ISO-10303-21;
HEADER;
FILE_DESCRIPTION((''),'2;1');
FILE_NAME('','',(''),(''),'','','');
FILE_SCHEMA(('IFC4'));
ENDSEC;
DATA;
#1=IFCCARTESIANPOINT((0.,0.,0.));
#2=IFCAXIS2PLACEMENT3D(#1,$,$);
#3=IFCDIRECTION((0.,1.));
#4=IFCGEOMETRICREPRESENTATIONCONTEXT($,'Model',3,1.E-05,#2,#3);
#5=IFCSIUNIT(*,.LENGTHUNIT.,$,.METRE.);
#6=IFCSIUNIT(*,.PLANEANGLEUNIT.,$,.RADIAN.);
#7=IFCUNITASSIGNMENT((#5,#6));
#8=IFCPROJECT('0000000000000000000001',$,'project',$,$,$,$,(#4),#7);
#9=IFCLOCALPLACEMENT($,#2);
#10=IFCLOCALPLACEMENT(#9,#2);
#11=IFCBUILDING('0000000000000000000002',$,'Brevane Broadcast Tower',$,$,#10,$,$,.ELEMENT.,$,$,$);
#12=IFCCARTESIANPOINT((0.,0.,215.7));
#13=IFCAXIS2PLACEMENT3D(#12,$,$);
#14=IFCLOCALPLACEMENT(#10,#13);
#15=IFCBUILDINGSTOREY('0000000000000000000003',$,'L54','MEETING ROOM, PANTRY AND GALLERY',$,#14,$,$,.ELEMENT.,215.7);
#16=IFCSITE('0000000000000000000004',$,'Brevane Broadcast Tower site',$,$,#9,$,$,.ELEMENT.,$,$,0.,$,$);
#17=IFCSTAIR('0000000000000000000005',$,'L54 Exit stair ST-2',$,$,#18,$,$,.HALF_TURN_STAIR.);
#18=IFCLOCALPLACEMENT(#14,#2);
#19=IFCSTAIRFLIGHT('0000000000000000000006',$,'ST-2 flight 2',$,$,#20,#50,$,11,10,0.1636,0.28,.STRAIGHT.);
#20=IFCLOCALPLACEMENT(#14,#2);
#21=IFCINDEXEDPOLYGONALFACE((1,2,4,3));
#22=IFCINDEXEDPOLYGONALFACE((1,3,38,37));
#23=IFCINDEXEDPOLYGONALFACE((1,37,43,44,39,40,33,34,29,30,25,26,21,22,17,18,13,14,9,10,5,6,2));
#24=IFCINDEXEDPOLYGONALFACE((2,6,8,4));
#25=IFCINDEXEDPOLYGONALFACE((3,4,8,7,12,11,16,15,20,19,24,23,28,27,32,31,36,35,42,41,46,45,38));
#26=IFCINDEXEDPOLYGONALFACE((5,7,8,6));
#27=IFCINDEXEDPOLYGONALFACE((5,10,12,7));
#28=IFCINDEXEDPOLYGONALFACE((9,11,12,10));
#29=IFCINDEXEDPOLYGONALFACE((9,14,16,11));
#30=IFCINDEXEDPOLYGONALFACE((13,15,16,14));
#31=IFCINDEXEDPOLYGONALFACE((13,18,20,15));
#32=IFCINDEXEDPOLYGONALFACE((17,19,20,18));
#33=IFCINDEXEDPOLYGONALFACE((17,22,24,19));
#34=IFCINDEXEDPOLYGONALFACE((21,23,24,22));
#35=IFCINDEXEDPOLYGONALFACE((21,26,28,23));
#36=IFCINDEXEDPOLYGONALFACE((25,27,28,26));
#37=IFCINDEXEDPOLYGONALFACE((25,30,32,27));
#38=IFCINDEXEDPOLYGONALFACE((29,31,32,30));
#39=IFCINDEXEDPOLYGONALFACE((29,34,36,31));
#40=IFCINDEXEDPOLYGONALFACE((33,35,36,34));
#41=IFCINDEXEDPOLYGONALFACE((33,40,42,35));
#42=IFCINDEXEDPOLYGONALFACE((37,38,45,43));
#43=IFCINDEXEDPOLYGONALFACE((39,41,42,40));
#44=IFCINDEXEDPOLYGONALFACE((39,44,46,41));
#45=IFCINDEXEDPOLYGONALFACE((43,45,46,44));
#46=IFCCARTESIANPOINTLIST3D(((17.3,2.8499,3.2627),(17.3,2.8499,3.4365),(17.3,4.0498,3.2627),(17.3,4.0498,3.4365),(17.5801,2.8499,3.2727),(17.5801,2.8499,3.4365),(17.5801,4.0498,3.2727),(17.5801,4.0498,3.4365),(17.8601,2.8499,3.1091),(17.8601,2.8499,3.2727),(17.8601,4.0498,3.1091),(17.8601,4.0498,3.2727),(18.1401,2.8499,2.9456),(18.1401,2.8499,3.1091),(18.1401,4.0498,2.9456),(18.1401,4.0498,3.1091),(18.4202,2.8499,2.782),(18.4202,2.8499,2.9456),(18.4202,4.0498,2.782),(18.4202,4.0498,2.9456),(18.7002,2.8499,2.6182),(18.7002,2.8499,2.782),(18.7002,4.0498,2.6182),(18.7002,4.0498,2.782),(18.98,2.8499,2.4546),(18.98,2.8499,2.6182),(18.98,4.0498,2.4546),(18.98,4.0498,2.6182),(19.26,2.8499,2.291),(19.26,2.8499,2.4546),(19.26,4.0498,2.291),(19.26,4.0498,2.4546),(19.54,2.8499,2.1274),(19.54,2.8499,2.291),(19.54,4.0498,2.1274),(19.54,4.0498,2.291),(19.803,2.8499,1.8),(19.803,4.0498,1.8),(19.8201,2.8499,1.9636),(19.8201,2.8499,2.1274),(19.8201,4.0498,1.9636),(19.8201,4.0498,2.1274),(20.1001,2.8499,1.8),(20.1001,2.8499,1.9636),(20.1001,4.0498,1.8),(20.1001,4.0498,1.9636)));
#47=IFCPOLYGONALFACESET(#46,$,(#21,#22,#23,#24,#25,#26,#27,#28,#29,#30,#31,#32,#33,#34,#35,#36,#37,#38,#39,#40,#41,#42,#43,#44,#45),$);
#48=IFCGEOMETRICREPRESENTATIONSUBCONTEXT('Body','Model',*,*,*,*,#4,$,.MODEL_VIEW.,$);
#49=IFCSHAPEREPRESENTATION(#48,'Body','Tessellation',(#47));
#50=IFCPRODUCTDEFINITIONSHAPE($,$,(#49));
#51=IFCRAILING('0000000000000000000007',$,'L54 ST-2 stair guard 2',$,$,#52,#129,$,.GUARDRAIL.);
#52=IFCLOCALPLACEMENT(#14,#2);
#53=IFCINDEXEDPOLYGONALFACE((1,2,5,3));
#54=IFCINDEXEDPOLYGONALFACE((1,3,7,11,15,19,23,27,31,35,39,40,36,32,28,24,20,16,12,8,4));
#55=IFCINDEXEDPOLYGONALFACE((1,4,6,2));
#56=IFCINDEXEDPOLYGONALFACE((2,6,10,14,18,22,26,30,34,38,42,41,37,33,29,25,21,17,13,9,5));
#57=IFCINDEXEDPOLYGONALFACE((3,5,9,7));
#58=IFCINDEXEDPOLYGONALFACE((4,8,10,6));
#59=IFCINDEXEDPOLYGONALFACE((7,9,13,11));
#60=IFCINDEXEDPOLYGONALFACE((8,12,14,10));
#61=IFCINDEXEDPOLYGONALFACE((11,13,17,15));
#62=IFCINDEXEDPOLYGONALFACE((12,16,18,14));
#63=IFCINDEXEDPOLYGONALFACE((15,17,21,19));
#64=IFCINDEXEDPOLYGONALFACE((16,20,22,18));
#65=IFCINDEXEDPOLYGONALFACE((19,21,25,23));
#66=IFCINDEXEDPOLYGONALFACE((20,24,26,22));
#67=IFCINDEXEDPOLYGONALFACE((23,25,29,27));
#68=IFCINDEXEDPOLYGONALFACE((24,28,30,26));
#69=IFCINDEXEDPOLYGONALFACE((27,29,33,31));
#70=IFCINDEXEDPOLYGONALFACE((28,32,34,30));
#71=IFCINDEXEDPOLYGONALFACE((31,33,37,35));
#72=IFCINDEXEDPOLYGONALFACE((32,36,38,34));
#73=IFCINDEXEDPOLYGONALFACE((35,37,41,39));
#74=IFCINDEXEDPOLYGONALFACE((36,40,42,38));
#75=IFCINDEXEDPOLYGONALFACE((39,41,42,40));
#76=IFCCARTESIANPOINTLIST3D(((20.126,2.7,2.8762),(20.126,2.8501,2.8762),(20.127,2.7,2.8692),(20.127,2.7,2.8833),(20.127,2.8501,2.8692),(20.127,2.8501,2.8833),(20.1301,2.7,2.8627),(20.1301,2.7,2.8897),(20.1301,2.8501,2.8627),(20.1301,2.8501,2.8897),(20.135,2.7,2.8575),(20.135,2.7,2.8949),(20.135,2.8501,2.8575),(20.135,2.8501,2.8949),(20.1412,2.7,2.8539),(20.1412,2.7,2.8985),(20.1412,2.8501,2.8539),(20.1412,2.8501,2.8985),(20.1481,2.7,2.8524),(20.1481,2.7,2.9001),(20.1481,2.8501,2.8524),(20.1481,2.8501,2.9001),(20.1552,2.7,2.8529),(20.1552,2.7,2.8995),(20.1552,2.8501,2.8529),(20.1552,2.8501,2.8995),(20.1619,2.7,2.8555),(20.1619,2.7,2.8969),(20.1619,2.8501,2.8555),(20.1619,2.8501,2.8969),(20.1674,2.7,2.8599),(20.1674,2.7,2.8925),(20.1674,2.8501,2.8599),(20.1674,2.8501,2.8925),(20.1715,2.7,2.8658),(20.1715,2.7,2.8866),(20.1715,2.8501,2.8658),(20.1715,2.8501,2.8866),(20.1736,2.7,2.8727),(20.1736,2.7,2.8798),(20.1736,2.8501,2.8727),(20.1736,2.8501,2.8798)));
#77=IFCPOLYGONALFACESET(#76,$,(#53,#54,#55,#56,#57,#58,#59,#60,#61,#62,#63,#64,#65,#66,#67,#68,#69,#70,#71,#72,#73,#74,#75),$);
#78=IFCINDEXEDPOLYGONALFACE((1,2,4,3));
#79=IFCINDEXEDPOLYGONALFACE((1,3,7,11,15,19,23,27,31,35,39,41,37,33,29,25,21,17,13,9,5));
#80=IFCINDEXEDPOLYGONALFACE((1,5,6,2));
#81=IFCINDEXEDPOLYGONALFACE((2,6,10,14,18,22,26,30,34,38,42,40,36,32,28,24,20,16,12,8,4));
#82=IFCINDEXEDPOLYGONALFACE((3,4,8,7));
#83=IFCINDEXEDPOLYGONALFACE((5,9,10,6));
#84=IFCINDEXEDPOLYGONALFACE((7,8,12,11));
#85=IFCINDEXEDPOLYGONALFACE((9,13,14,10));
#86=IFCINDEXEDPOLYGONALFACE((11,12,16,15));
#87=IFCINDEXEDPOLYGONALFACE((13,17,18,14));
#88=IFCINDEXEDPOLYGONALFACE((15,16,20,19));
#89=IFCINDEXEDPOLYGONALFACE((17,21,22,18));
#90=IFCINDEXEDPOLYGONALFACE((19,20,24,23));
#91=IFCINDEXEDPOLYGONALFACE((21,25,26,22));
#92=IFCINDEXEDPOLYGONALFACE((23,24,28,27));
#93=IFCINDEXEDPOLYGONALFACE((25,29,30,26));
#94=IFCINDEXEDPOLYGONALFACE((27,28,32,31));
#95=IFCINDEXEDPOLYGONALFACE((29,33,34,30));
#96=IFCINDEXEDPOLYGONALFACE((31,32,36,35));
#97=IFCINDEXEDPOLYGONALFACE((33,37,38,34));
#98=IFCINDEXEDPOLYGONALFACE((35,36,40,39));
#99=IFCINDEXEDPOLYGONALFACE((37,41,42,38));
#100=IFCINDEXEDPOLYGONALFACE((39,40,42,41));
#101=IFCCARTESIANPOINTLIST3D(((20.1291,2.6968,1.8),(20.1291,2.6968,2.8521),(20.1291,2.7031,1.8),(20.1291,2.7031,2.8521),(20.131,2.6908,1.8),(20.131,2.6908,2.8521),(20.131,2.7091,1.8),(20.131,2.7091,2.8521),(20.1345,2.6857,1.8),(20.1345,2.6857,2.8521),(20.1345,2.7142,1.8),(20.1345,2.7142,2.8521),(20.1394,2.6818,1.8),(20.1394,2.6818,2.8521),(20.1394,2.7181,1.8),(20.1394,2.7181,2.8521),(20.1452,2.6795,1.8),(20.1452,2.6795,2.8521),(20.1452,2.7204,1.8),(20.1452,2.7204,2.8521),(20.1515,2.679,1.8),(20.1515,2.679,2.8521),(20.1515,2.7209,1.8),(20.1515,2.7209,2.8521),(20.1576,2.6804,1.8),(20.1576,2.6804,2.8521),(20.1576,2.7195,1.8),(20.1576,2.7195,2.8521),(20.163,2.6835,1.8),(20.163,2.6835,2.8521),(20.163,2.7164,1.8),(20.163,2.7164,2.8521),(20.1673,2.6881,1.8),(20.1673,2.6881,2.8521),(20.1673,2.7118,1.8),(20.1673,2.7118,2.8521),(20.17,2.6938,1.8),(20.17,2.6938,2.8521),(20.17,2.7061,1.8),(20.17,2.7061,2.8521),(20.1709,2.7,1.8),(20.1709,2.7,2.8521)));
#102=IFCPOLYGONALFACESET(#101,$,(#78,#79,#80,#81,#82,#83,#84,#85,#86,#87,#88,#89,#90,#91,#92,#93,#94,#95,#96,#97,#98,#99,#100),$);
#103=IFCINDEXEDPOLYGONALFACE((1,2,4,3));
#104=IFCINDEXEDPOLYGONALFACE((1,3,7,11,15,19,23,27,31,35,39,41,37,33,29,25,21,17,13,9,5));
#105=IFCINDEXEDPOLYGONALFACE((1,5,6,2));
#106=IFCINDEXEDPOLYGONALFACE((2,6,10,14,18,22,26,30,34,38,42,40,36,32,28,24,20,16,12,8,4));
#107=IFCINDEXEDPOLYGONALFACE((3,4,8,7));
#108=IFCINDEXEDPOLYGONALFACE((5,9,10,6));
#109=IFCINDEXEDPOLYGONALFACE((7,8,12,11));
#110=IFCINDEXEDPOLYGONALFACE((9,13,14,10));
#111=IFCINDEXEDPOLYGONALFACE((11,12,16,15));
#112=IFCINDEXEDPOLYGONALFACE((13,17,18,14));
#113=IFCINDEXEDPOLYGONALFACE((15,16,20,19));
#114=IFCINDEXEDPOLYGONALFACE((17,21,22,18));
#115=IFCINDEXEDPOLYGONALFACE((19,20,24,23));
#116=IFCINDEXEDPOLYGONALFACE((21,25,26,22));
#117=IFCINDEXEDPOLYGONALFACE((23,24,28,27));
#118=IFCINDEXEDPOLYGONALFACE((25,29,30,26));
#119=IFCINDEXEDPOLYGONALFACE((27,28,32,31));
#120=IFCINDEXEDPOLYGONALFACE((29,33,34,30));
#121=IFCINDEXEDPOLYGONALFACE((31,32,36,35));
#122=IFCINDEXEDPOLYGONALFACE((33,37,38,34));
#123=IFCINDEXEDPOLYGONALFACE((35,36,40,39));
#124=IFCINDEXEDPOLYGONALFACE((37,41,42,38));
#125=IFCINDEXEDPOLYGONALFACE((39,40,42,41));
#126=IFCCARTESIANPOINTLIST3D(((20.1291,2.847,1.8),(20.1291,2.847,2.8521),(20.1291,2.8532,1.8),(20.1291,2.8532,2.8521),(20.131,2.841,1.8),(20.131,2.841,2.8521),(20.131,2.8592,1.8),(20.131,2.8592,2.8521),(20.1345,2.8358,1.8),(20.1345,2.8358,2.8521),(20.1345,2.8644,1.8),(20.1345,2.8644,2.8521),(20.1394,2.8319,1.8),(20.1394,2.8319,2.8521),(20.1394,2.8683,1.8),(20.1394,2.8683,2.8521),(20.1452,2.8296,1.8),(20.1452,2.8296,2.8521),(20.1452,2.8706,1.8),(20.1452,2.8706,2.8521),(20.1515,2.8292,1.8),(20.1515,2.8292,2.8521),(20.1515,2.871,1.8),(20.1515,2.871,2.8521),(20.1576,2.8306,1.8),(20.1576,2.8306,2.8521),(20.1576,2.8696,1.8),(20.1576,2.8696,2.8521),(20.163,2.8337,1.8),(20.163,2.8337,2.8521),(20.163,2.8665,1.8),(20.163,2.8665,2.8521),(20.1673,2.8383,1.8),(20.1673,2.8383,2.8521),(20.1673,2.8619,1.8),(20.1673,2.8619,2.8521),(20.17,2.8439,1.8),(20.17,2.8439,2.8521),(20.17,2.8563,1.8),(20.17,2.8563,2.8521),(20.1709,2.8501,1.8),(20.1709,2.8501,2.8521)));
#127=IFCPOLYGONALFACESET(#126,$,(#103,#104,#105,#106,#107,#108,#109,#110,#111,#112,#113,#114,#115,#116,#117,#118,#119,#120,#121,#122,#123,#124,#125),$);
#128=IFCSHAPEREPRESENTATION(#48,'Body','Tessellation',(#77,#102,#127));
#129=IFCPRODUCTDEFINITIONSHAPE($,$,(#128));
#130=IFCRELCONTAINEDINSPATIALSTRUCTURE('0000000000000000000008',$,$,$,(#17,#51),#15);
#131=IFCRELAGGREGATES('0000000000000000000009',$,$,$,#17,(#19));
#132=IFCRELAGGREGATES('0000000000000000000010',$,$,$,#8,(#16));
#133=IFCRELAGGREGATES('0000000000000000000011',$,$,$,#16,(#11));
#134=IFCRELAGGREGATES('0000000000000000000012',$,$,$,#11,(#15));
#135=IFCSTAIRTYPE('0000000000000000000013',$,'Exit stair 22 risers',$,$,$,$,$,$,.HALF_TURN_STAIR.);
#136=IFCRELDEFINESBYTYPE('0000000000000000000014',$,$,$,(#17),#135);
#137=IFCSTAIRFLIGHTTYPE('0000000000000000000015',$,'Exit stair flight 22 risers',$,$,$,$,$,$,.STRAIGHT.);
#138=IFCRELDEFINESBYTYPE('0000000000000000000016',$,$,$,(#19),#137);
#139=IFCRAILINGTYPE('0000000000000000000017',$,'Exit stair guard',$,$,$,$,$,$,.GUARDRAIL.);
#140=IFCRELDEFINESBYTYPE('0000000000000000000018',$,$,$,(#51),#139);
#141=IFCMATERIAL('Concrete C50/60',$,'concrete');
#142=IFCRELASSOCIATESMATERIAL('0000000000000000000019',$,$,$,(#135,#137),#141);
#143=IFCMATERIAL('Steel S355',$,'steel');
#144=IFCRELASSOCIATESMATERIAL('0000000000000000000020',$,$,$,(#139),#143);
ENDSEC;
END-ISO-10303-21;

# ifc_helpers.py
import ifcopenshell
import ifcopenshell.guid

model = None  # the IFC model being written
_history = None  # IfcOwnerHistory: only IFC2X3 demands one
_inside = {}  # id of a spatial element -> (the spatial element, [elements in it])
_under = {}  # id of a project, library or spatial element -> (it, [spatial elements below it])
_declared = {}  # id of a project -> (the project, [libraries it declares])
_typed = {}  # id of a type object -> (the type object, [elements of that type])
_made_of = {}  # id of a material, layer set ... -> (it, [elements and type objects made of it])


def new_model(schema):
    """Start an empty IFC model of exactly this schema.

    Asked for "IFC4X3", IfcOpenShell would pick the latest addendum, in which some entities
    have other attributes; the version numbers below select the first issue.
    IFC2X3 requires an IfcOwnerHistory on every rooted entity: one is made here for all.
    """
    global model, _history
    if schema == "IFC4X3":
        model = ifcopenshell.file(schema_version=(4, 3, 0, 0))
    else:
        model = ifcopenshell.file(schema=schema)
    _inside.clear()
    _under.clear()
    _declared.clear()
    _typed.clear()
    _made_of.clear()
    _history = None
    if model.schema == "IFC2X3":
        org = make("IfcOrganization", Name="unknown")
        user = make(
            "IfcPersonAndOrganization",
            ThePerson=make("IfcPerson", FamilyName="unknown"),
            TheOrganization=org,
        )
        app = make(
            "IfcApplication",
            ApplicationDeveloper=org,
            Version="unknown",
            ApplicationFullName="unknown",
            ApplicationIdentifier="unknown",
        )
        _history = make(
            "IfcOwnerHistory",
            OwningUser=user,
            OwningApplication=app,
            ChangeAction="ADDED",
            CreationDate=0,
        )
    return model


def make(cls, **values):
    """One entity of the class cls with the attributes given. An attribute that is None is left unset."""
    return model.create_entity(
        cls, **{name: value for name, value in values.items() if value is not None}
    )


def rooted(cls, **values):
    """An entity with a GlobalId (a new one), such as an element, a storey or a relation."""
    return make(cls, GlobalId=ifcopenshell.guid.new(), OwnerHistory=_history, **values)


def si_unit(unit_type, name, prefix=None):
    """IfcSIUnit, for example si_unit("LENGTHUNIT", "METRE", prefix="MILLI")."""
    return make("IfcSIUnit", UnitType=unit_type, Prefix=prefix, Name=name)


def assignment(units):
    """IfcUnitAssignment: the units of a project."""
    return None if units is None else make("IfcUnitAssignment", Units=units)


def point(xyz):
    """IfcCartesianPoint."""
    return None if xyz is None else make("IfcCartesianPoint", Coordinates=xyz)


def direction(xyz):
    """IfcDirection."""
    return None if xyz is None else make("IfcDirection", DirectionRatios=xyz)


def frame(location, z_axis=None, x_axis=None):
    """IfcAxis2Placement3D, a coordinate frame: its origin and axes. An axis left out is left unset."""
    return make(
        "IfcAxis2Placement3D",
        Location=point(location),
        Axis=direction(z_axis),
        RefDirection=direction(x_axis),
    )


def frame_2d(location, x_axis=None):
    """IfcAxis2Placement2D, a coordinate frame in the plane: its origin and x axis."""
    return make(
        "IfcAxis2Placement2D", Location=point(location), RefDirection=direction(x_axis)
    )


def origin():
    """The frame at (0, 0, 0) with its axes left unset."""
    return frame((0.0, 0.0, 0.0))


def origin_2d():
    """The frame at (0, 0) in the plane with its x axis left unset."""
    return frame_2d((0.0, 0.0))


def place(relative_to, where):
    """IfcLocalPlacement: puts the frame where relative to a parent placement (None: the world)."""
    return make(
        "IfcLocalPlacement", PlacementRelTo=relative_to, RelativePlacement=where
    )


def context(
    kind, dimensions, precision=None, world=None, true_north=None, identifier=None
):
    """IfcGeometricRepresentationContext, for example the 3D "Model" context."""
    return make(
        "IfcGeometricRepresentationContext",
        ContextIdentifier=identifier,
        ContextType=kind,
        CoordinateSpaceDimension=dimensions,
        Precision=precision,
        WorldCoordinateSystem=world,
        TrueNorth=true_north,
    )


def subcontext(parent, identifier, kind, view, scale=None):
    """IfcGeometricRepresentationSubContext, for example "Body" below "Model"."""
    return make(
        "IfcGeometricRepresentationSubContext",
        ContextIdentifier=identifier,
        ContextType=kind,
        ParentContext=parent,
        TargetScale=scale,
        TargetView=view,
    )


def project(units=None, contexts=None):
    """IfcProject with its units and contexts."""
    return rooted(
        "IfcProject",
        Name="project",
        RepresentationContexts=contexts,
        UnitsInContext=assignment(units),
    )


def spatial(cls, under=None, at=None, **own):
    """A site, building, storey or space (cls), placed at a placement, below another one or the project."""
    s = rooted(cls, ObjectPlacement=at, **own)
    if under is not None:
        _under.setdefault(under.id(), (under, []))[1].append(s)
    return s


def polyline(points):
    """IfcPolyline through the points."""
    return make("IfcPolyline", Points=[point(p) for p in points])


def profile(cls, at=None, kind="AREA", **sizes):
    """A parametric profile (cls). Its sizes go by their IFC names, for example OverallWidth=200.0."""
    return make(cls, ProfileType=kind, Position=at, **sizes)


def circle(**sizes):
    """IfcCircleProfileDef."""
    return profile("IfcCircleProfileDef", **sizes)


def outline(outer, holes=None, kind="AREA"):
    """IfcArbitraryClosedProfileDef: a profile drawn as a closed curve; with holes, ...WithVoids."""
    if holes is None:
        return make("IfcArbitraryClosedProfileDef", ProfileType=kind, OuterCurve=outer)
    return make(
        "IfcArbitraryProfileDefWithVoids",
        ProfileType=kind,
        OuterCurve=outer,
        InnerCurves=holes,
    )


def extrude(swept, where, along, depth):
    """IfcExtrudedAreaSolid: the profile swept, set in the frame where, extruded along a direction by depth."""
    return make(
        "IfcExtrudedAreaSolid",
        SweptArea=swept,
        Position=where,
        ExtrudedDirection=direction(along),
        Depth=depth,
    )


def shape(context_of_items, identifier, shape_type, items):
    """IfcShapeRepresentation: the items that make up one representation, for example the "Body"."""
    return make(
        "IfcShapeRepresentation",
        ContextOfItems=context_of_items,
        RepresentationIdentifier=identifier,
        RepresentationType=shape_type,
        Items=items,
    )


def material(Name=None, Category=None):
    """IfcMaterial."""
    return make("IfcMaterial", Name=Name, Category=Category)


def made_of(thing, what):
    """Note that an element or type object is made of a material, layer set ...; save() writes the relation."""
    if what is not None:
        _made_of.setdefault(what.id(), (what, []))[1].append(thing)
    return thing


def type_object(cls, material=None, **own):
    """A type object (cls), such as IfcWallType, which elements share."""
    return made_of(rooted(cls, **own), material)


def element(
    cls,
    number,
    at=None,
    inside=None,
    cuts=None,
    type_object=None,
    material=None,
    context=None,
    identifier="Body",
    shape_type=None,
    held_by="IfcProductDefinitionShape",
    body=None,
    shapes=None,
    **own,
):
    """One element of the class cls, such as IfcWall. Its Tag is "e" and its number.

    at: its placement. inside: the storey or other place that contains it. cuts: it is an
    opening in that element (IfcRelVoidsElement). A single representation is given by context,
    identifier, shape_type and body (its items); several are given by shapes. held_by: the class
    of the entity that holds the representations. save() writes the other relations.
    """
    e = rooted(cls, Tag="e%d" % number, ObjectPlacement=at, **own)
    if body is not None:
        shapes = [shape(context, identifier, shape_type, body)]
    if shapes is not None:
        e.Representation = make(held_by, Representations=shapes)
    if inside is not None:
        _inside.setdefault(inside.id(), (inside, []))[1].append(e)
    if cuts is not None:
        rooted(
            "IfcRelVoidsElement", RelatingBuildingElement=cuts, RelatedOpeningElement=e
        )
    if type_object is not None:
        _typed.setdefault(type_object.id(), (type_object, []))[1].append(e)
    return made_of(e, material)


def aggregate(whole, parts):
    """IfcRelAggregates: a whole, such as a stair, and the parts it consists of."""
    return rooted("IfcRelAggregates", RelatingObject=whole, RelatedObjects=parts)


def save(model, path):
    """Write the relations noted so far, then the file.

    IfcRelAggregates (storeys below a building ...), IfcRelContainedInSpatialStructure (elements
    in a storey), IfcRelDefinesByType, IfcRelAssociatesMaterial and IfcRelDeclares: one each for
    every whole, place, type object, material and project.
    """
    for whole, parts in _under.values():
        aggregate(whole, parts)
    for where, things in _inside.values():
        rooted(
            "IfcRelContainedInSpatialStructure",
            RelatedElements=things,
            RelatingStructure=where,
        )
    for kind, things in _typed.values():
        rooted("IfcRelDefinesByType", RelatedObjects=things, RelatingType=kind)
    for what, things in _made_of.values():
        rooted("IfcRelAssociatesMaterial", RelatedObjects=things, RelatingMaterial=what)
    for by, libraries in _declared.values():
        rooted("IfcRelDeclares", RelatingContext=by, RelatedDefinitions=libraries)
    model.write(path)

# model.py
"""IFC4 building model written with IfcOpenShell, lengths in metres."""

from ifc_helpers import new_model, si_unit, direction, frame, origin, origin_2d, place, context, subcontext, project, spatial, polyline, circle, outline, extrude, material, type_object, element, aggregate, save


model = new_model("IFC4")

# Units and contexts
model_context = context("Model", 3, precision=1e-05, world=origin(), true_north=direction((0.0, 1.0)))
body_context = subcontext(model_context, "Body", "Model", "MODEL_VIEW")
ifc_project = project(units=[si_unit("LENGTHUNIT", "METRE"), si_unit("PLANEANGLEUNIT", "RADIAN")], contexts=[model_context])

# Site, building, storey
site_placement = place(None, origin())
site = spatial("IfcSite", under=ifc_project, at=site_placement, Name="Brevane Broadcast Tower site", CompositionType="ELEMENT", RefElevation=0.0)
building_placement = place(site_placement, origin())
building = spatial("IfcBuilding", under=site, at=building_placement, Name="Brevane Broadcast Tower", CompositionType="ELEMENT")
storey_placement = place(building_placement, frame((0.0, 0.0, 215.7)))
storey = spatial("IfcBuildingStorey", under=building, at=storey_placement, Name="L54", Description="MEETING ROOM, PANTRY AND GALLERY", CompositionType="ELEMENT", Elevation=215.7)

# Shared definitions
ifc_material_1 = material(Name="Concrete C50/60", Category="concrete")

# Stair, stair flight
stair_type = type_object("IfcStairType", Name="Exit stair 22 risers", PredefinedType="HALF_TURN_STAIR", material=ifc_material_1)
stair_placement = place(storey_placement, origin())
stair = element("IfcStair", 1, at=stair_placement, inside=storey, type_object=stair_type, Name="L54 Exit stair ST-2", PredefinedType="HALF_TURN_STAIR")
stair_flight_type = type_object("IfcStairFlightType", Name="Exit stair flight 22 risers", PredefinedType="STRAIGHT", material=ifc_material_1)
stair_flight_placement = place(storey_placement, frame((20.1001, 3.45, 1.8), z_axis=(0.0, 0.0, 1.0), x_axis=(-1.0, 0.0, 0.0)))
stair_flight = element("IfcStairFlight", 2, at=stair_flight_placement, type_object=stair_flight_type, Name="ST-2 flight 2", NumberOfRisers=11, NumberOfTreads=10, PredefinedType="STRAIGHT", RiserHeight=0.1636, TreadLength=0.28, context=body_context, shape_type="SweptSolid", body=[
    extrude(outline(polyline([(0.0, 0.0), (0.0, 0.1636), (0.28, 0.1636), (0.28, 0.3274), (0.5601, 0.3274), (0.5601, 0.491), (0.8401, 0.491), (0.8401, 0.6545), (1.1201, 0.6545), (1.1201, 0.8181), (1.3999, 0.8181), (1.3999, 0.9819), (1.6799, 0.9819), (1.6799, 1.1455), (1.96, 1.1455), (1.96, 1.3091), (2.24, 1.3091), (2.24, 1.4727), (2.52, 1.4727), (2.52, 1.6365), (2.8, 1.6365), (2.8, 1.8), (2.8, 1.4626), (0.2971, 0.0), (0.0, 0.0)])), frame((0.0, 0.6001, 0.0), z_axis=(0.0, -1.0, 0.0), x_axis=(1.0, 0.0, 0.0)), (0.0, 0.0, 1.0), 1.2),
])
aggregate(stair, [stair_flight])

# Railing
ifc_material_2 = material(Name="Steel S355", Category="steel")
railing_type_1 = type_object("IfcRailingType", Name="Exit stair guard", PredefinedType="GUARDRAIL", material=ifc_material_2)
railing_1_placement = place(storey_placement, frame((20.1499, 2.7, 1.8)))
element("IfcRailing", 3, at=railing_1_placement, inside=storey, type_object=railing_type_1, Name="L54 ST-2 stair guard 2", PredefinedType="GUARDRAIL", context=body_context, shape_type="SweptSolid", body=[
    extrude(circle(Radius=0.0239, at=origin_2d()), frame((0.0, 0.0, 1.0762), z_axis=(0.0, 1.0, 0.0), x_axis=(-1.0, 0.0, 0.0)), (0.0, 0.0, 1.0), 0.1501),
    extrude(circle(Radius=0.021, at=origin_2d()), origin(), (0.0, 0.0, 1.0), 1.052),
    extrude(circle(Radius=0.021, at=origin_2d()), frame((0.0, 0.1501, 0.0)), (0.0, 0.0, 1.0), 1.052),
])

save(model, "model.ifc")
